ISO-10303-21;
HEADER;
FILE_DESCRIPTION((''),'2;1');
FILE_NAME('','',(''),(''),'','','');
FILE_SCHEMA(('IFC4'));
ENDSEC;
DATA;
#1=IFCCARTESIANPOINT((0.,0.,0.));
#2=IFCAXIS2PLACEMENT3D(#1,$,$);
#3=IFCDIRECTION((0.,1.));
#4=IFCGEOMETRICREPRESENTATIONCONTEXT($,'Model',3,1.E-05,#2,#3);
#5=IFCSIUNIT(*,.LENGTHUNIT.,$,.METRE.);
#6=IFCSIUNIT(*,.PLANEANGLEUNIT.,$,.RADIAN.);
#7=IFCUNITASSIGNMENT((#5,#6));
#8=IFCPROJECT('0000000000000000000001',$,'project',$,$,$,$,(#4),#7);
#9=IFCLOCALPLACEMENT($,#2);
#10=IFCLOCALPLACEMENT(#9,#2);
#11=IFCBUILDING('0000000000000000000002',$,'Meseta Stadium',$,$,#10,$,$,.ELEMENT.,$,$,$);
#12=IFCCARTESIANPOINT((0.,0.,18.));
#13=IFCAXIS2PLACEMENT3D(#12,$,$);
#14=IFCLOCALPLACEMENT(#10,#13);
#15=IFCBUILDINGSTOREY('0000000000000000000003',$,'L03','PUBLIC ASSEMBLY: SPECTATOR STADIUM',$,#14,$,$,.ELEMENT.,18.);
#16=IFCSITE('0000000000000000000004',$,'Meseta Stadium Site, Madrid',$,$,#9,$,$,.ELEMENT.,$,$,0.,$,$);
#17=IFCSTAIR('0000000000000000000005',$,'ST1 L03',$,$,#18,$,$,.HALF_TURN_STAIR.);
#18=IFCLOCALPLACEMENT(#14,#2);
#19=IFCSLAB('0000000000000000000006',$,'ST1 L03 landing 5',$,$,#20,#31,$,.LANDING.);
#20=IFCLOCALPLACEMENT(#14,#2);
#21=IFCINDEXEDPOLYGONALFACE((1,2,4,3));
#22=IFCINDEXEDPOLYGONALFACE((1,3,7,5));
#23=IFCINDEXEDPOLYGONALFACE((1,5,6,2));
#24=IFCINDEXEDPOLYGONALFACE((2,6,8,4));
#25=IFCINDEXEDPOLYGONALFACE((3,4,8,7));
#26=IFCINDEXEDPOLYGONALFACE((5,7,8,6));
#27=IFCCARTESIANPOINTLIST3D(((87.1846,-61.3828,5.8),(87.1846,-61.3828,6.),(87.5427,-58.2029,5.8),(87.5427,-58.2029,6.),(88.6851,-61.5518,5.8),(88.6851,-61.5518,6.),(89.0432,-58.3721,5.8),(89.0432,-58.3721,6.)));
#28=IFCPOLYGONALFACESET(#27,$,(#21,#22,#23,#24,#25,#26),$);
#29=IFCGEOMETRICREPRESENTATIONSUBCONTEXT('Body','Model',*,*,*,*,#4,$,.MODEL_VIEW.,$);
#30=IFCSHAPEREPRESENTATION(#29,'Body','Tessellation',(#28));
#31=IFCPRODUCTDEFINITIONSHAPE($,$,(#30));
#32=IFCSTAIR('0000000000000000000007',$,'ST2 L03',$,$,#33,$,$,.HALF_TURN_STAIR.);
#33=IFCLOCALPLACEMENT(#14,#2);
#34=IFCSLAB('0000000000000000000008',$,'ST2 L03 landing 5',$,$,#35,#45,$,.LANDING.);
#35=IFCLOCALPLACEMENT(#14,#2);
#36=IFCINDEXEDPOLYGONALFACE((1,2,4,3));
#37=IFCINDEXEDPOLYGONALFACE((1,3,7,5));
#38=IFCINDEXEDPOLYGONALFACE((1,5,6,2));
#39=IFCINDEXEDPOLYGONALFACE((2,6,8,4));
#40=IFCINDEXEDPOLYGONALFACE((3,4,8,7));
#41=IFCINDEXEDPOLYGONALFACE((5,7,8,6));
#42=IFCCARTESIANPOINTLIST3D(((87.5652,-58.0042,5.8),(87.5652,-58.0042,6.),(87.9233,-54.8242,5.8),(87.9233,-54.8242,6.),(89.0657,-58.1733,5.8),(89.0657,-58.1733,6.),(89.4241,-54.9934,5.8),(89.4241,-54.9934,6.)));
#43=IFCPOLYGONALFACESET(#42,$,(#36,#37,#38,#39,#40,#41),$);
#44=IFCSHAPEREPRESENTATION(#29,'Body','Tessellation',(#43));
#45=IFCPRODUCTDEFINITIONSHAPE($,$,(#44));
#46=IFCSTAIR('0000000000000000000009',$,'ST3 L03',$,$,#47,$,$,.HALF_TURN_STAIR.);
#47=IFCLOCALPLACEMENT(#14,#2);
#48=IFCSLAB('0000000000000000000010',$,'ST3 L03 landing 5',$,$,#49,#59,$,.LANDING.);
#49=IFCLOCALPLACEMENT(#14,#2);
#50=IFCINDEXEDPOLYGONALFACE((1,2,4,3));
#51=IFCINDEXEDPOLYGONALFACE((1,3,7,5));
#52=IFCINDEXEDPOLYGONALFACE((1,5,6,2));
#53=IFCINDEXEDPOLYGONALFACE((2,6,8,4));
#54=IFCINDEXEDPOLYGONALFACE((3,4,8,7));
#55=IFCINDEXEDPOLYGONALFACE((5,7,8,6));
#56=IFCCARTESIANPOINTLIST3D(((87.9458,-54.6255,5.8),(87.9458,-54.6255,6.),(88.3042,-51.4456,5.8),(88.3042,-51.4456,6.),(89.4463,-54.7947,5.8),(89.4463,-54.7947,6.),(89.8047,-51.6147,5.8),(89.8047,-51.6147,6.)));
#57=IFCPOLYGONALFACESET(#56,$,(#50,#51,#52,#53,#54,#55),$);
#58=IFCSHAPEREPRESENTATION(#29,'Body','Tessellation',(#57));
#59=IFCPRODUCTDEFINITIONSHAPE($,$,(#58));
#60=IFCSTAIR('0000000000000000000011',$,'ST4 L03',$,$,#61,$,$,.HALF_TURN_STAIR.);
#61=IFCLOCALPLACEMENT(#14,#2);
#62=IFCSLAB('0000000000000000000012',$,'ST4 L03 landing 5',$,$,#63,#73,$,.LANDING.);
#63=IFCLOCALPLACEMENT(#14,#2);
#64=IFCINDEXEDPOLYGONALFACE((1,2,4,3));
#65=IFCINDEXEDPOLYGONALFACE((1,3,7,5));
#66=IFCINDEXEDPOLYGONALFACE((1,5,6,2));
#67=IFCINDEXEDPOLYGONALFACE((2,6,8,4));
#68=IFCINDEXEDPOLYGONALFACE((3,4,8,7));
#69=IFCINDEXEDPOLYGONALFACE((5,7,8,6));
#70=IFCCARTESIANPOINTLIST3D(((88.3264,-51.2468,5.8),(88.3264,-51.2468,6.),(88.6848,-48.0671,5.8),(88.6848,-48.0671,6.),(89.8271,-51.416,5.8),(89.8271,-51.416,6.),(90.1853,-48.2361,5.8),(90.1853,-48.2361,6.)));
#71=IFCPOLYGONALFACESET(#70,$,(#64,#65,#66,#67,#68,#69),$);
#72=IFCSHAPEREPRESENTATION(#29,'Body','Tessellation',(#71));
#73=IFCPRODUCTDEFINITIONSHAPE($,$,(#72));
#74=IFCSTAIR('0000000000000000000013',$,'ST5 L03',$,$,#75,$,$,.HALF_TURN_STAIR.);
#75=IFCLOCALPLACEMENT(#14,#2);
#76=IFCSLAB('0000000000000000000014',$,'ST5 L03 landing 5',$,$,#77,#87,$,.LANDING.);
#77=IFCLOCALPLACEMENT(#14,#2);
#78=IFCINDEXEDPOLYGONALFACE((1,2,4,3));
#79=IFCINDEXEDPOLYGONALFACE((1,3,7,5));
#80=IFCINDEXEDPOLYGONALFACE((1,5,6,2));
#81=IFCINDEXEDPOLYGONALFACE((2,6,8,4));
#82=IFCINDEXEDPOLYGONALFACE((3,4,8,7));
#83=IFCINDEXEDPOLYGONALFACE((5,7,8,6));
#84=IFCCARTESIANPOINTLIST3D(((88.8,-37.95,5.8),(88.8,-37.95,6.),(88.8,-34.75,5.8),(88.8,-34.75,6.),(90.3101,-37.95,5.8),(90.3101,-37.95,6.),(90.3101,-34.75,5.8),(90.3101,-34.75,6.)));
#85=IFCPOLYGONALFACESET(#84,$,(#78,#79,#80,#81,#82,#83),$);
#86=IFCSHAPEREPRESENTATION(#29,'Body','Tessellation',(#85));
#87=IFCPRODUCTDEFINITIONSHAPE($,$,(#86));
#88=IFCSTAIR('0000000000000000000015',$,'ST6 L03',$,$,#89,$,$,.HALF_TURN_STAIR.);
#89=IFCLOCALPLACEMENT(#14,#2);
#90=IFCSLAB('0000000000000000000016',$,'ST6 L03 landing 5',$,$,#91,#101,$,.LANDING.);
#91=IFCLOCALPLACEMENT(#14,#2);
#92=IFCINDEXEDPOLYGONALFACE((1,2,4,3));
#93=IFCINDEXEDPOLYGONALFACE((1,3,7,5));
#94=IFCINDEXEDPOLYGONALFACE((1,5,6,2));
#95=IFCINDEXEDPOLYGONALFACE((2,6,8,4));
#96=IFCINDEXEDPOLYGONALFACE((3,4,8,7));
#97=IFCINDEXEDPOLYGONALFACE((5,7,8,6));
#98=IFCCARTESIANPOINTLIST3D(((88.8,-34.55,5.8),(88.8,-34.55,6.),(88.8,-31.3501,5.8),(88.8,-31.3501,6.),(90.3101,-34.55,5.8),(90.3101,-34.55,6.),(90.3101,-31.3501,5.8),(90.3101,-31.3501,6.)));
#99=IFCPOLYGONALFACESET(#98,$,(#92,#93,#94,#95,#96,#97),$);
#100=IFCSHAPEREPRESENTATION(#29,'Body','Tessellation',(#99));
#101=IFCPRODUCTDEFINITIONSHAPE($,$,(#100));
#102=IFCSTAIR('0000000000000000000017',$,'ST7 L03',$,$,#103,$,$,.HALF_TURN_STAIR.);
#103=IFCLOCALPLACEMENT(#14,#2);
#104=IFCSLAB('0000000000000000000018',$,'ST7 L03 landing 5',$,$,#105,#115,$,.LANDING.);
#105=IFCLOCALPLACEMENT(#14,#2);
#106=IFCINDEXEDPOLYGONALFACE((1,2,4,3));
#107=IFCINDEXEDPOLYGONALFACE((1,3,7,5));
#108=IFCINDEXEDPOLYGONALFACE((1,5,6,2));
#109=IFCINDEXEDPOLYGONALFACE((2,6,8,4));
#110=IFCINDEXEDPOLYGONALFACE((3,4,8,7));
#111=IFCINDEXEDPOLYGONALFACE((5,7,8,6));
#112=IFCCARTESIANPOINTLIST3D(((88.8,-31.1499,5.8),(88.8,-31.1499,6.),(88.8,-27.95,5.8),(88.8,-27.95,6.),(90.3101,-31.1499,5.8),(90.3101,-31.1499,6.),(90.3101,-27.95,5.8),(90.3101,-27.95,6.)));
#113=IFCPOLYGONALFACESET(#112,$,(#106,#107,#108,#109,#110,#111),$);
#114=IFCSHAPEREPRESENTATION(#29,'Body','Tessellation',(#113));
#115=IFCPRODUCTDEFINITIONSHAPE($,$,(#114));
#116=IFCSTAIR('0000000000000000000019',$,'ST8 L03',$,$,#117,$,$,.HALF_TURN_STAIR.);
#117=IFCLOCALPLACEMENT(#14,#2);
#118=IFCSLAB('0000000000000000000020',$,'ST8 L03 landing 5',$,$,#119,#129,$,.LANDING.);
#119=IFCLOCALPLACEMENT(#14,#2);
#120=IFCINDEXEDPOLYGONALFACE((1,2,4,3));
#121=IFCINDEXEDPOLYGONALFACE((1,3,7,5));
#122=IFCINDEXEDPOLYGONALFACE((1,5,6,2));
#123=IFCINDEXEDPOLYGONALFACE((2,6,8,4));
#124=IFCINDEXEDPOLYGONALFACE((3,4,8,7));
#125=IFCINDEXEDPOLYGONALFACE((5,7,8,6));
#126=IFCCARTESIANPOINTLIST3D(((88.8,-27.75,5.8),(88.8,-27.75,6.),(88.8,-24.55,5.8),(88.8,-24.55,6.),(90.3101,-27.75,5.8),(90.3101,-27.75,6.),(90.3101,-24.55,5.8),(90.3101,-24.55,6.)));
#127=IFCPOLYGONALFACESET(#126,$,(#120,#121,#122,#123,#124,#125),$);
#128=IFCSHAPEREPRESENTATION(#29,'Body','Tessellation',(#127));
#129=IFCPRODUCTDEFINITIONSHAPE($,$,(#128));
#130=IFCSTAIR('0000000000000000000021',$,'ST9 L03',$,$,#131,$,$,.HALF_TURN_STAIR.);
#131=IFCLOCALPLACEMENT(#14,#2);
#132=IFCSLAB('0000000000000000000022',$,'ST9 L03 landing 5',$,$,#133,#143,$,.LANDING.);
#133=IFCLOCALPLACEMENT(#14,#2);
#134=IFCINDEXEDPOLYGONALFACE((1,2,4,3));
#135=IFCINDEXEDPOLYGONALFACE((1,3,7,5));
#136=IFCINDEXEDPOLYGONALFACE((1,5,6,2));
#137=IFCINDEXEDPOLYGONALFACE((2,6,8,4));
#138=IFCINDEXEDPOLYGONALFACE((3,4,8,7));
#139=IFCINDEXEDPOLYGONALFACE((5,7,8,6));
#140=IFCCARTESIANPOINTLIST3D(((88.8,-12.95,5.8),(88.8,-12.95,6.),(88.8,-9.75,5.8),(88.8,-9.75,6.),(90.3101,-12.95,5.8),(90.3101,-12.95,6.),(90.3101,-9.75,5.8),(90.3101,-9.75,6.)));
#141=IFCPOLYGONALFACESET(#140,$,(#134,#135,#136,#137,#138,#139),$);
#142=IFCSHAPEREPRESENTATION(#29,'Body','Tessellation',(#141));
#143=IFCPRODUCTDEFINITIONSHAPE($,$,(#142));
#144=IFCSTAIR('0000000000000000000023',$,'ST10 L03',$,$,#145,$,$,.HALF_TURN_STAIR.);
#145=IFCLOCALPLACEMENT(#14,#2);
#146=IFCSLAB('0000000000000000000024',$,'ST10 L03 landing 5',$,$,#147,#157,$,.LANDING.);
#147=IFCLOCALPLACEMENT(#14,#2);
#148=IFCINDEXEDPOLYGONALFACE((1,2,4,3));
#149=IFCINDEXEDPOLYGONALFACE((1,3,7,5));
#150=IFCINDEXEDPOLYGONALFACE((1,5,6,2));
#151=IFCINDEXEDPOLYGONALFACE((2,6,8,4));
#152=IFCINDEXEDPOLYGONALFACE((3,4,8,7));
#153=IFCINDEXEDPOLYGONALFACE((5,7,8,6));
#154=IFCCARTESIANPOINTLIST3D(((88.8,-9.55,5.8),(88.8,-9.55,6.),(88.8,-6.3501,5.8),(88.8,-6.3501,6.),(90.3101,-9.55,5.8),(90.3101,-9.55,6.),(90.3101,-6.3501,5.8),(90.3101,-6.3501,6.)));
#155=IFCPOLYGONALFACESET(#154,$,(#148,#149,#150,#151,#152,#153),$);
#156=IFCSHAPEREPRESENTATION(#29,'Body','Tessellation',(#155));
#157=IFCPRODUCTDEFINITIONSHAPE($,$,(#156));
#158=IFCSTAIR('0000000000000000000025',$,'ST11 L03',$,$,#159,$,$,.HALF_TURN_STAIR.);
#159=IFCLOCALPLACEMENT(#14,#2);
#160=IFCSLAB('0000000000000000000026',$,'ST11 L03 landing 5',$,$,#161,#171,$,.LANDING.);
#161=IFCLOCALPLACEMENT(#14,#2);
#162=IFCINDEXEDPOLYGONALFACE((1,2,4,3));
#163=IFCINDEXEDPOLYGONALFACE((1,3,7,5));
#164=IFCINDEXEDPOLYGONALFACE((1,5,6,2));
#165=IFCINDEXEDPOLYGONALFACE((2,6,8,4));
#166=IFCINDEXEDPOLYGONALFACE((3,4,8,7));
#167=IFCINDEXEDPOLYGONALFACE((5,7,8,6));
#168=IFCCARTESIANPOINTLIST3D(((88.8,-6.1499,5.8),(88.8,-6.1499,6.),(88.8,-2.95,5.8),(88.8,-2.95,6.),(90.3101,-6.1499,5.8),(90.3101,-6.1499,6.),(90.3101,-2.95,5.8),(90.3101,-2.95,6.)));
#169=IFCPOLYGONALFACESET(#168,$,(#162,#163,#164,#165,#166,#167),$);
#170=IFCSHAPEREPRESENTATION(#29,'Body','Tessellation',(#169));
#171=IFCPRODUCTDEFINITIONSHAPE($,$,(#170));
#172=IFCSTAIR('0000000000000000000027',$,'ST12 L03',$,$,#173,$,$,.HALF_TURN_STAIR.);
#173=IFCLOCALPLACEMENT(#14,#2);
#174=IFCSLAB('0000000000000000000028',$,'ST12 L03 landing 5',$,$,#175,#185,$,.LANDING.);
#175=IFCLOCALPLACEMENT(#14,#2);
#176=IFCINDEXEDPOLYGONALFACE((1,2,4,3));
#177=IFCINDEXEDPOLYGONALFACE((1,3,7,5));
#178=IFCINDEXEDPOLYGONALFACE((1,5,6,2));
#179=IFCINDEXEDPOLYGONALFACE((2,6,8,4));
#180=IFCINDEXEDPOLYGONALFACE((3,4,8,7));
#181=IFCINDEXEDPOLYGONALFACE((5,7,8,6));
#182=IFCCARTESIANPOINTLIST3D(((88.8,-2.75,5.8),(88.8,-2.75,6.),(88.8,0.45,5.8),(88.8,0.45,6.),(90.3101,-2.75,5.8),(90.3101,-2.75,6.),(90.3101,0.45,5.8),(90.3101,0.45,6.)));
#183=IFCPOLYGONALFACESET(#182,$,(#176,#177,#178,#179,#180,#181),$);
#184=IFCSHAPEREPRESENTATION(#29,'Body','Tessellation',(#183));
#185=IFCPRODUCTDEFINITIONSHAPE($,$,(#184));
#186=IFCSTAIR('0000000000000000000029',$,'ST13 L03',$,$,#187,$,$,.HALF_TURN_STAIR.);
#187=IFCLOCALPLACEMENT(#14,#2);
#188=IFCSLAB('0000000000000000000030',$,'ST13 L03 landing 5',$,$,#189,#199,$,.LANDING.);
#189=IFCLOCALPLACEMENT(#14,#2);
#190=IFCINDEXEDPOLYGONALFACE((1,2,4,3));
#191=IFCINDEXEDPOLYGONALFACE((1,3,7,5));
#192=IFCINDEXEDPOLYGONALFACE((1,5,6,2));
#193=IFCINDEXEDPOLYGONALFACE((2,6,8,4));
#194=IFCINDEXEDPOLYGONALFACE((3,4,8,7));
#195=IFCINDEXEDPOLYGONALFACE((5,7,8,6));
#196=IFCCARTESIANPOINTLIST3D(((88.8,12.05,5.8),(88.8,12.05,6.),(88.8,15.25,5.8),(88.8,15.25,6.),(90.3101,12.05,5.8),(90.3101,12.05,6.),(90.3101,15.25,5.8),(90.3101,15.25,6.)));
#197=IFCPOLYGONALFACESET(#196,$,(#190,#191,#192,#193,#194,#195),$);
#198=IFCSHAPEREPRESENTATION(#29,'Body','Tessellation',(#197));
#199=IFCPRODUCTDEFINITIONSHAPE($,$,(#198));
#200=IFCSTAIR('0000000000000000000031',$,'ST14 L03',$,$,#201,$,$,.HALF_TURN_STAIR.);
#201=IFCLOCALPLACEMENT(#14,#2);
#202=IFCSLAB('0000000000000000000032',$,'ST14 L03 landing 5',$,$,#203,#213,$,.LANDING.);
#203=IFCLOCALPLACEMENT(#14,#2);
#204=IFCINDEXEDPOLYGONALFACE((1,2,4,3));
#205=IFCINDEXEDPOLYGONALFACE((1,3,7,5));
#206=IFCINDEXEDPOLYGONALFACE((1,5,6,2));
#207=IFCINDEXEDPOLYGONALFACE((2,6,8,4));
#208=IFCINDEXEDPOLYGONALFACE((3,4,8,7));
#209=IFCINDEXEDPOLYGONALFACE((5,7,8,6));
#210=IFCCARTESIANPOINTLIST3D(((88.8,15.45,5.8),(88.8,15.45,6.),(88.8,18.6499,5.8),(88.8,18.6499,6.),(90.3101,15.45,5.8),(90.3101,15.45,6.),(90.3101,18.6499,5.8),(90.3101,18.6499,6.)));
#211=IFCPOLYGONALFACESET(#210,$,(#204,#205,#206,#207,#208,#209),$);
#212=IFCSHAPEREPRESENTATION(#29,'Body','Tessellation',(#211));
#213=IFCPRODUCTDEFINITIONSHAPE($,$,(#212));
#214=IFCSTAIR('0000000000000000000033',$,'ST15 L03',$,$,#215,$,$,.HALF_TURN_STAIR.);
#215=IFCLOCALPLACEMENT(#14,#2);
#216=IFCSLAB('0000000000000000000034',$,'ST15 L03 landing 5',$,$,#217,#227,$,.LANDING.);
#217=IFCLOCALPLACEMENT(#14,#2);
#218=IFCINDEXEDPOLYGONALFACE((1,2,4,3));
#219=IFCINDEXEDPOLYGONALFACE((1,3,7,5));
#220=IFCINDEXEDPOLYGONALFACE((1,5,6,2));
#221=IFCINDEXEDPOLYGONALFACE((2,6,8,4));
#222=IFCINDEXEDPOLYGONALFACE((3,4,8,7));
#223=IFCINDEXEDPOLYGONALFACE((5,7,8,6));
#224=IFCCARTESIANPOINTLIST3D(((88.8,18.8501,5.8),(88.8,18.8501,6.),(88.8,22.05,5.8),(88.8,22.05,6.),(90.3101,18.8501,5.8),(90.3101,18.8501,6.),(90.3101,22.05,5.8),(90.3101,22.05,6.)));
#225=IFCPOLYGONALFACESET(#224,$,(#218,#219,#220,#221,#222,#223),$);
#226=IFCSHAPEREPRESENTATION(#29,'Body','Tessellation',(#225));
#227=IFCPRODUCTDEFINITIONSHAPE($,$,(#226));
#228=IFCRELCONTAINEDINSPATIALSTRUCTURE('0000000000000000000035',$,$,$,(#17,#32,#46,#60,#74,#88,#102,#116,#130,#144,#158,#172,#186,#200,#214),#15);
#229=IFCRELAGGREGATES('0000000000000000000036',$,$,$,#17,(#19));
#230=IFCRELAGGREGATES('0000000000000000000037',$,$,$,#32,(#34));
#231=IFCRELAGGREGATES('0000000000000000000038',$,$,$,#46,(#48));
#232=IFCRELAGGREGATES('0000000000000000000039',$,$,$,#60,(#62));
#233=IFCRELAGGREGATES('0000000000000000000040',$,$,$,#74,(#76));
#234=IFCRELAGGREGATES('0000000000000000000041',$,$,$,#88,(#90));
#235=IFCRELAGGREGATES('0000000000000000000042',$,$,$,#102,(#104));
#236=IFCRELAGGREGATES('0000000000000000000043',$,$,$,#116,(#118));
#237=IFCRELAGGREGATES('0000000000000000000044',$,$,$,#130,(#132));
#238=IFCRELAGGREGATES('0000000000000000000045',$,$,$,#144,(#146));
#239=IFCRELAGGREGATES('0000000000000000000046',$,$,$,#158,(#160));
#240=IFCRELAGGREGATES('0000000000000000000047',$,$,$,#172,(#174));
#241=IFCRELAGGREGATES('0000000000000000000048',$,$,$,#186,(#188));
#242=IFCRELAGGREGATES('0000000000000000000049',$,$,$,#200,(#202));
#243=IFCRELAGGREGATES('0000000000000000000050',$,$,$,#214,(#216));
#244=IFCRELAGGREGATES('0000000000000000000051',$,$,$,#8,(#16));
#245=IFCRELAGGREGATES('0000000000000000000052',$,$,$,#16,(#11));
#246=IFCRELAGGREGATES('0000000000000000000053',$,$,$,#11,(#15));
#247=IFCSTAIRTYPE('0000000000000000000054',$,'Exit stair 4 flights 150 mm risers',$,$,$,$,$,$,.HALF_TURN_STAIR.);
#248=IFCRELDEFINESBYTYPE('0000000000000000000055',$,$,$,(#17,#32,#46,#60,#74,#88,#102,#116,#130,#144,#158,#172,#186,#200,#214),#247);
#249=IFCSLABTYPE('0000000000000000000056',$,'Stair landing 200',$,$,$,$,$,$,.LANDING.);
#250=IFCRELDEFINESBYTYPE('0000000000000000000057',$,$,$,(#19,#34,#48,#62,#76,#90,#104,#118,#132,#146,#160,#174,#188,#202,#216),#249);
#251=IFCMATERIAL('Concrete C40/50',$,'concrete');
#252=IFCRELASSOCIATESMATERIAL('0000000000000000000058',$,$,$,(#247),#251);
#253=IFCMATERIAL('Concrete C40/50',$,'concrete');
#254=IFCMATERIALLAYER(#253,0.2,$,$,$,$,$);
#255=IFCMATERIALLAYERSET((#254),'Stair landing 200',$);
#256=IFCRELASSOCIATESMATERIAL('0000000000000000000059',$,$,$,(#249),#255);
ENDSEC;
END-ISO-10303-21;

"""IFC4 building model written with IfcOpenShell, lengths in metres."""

from ifc_helpers import new_model, si_unit, direction, frame, origin, place, context, subcontext, project, spatial, polyline, outline, extrude, material, layer, layer_set, type_object, element, aggregate, save


model = new_model("IFC4")

# Units and contexts
model_context = context("Model", 3, precision=1e-05, world=origin(), true_north=direction((0.0, 1.0)))
body_context = subcontext(model_context, "Body", "Model", "MODEL_VIEW")
ifc_project = project(units=[si_unit("LENGTHUNIT", "METRE"), si_unit("PLANEANGLEUNIT", "RADIAN")], contexts=[model_context])

# Site, building, storey
site_placement = place(None, origin())
site = spatial("IfcSite", under=ifc_project, at=site_placement, Name="Meseta Stadium Site, Madrid", CompositionType="ELEMENT", RefElevation=0.0)
building_placement = place(site_placement, origin())
building = spatial("IfcBuilding", under=site, at=building_placement, Name="Meseta Stadium", CompositionType="ELEMENT")
storey_placement = place(building_placement, frame((0.0, 0.0, 18.0)))
storey = spatial("IfcBuildingStorey", under=building, at=storey_placement, Name="L03", Description="PUBLIC ASSEMBLY: SPECTATOR STADIUM", CompositionType="ELEMENT", Elevation=18.0)

# Stairs, slabs
ifc_material_1 = material(Name="Concrete C40/50", Category="concrete")
stair_type = type_object("IfcStairType", Name="Exit stair 4 flights 150 mm risers", PredefinedType="HALF_TURN_STAIR", material=ifc_material_1)
stair_1_placement = place(storey_placement, origin())
stair_1 = element("IfcStair", 1, at=stair_1_placement, inside=storey, type_object=stair_type, Name="ST1 L03", PredefinedType="HALF_TURN_STAIR")
ifc_material_2 = material(Name="Concrete C40/50", Category="concrete")
ifc_layer = layer(ifc_material_2, 0.2)
ifc_layer_set = layer_set([ifc_layer], Name="Stair landing 200")
slab_type = type_object("IfcSlabType", Name="Stair landing 200", PredefinedType="LANDING", material=ifc_layer_set)
slab_1_placement = place(storey_placement, frame((0.0, 0.0, 5.8)))
slab_1 = element("IfcSlab", 2, at=slab_1_placement, type_object=slab_type, Name="ST1 L03 landing 5", PredefinedType="LANDING", context=body_context, shape_type="SweptSolid", body=[
    extrude(outline(polyline([(87.1846, -61.3828), (88.6851, -61.5518), (89.0432, -58.3721), (87.5427, -58.2029), (87.1846, -61.3828)])), origin(), (0.0, 0.0, 1.0), 0.2),
])
aggregate(stair_1, [slab_1])
stair_2_placement = place(storey_placement, origin())
stair_2 = element("IfcStair", 3, at=stair_2_placement, inside=storey, type_object=stair_type, Name="ST2 L03", PredefinedType="HALF_TURN_STAIR")
slab_2_placement = place(storey_placement, frame((0.0, 0.0, 5.8)))
slab_2 = element("IfcSlab", 4, at=slab_2_placement, type_object=slab_type, Name="ST2 L03 landing 5", PredefinedType="LANDING", context=body_context, shape_type="SweptSolid", body=[
    extrude(outline(polyline([(87.5652, -58.0042), (89.0657, -58.1733), (89.4241, -54.9934), (87.9233, -54.8242), (87.5652, -58.0042)])), origin(), (0.0, 0.0, 1.0), 0.2),
])
aggregate(stair_2, [slab_2])
stair_3_placement = place(storey_placement, origin())
stair_3 = element("IfcStair", 5, at=stair_3_placement, inside=storey, type_object=stair_type, Name="ST3 L03", PredefinedType="HALF_TURN_STAIR")
slab_3_placement = place(storey_placement, frame((0.0, 0.0, 5.8)))
slab_3 = element("IfcSlab", 6, at=slab_3_placement, type_object=slab_type, Name="ST3 L03 landing 5", PredefinedType="LANDING", context=body_context, shape_type="SweptSolid", body=[
    extrude(outline(polyline([(87.9458, -54.6255), (89.4463, -54.7947), (89.8047, -51.6147), (88.3042, -51.4456), (87.9458, -54.6255)])), origin(), (0.0, 0.0, 1.0), 0.2),
])
aggregate(stair_3, [slab_3])
stair_4_placement = place(storey_placement, origin())
stair_4 = element("IfcStair", 7, at=stair_4_placement, inside=storey, type_object=stair_type, Name="ST4 L03", PredefinedType="HALF_TURN_STAIR")
slab_4_placement = place(storey_placement, frame((0.0, 0.0, 5.8)))
slab_4 = element("IfcSlab", 8, at=slab_4_placement, type_object=slab_type, Name="ST4 L03 landing 5", PredefinedType="LANDING", context=body_context, shape_type="SweptSolid", body=[
    extrude(outline(polyline([(88.3264, -51.2468), (89.8271, -51.416), (90.1853, -48.2361), (88.6848, -48.0671), (88.3264, -51.2468)])), origin(), (0.0, 0.0, 1.0), 0.2),
])
aggregate(stair_4, [slab_4])
stair_5_placement = place(storey_placement, origin())
stair_5 = element("IfcStair", 9, at=stair_5_placement, inside=storey, type_object=stair_type, Name="ST5 L03", PredefinedType="HALF_TURN_STAIR")
slab_5_placement = place(storey_placement, frame((0.0, 0.0, 5.8)))
slab_5 = element("IfcSlab", 10, at=slab_5_placement, type_object=slab_type, Name="ST5 L03 landing 5", PredefinedType="LANDING", context=body_context, shape_type="SweptSolid", body=[
    extrude(outline(polyline([(88.8, -37.95), (90.3101, -37.95), (90.3101, -34.75), (88.8, -34.75), (88.8, -37.95)])), origin(), (0.0, 0.0, 1.0), 0.2),
])
aggregate(stair_5, [slab_5])
stair_6_placement = place(storey_placement, origin())
stair_6 = element("IfcStair", 11, at=stair_6_placement, inside=storey, type_object=stair_type, Name="ST6 L03", PredefinedType="HALF_TURN_STAIR")
slab_6_placement = place(storey_placement, frame((0.0, 0.0, 5.8)))
slab_6 = element("IfcSlab", 12, at=slab_6_placement, type_object=slab_type, Name="ST6 L03 landing 5", PredefinedType="LANDING", context=body_context, shape_type="SweptSolid", body=[
    extrude(outline(polyline([(88.8, -34.55), (90.3101, -34.55), (90.3101, -31.3501), (88.8, -31.3501), (88.8, -34.55)])), origin(), (0.0, 0.0, 1.0), 0.2),
])
aggregate(stair_6, [slab_6])
stair_7_placement = place(storey_placement, origin())
stair_7 = element("IfcStair", 13, at=stair_7_placement, inside=storey, type_object=stair_type, Name="ST7 L03", PredefinedType="HALF_TURN_STAIR")
slab_7_placement = place(storey_placement, frame((0.0, 0.0, 5.8)))
slab_7 = element("IfcSlab", 14, at=slab_7_placement, type_object=slab_type, Name="ST7 L03 landing 5", PredefinedType="LANDING", context=body_context, shape_type="SweptSolid", body=[
    extrude(outline(polyline([(88.8, -31.1499), (90.3101, -31.1499), (90.3101, -27.95), (88.8, -27.95), (88.8, -31.1499)])), origin(), (0.0, 0.0, 1.0), 0.2),
])
aggregate(stair_7, [slab_7])
stair_8_placement = place(storey_placement, origin())
stair_8 = element("IfcStair", 15, at=stair_8_placement, inside=storey, type_object=stair_type, Name="ST8 L03", PredefinedType="HALF_TURN_STAIR")
slab_8_placement = place(storey_placement, frame((0.0, 0.0, 5.8)))
slab_8 = element("IfcSlab", 16, at=slab_8_placement, type_object=slab_type, Name="ST8 L03 landing 5", PredefinedType="LANDING", context=body_context, shape_type="SweptSolid", body=[
    extrude(outline(polyline([(88.8, -27.75), (90.3101, -27.75), (90.3101, -24.55), (88.8, -24.55), (88.8, -27.75)])), origin(), (0.0, 0.0, 1.0), 0.2),
])
aggregate(stair_8, [slab_8])
stair_9_placement = place(storey_placement, origin())
stair_9 = element("IfcStair", 17, at=stair_9_placement, inside=storey, type_object=stair_type, Name="ST9 L03", PredefinedType="HALF_TURN_STAIR")
slab_9_placement = place(storey_placement, frame((0.0, 0.0, 5.8)))
slab_9 = element("IfcSlab", 18, at=slab_9_placement, type_object=slab_type, Name="ST9 L03 landing 5", PredefinedType="LANDING", context=body_context, shape_type="SweptSolid", body=[
    extrude(outline(polyline([(88.8, -12.95), (90.3101, -12.95), (90.3101, -9.75), (88.8, -9.75), (88.8, -12.95)])), origin(), (0.0, 0.0, 1.0), 0.2),
])
aggregate(stair_9, [slab_9])
stair_10_placement = place(storey_placement, origin())
stair_10 = element("IfcStair", 19, at=stair_10_placement, inside=storey, type_object=stair_type, Name="ST10 L03", PredefinedType="HALF_TURN_STAIR")
slab_10_placement = place(storey_placement, frame((0.0, 0.0, 5.8)))
slab_10 = element("IfcSlab", 20, at=slab_10_placement, type_object=slab_type, Name="ST10 L03 landing 5", PredefinedType="LANDING", context=body_context, shape_type="SweptSolid", body=[
    extrude(outline(polyline([(88.8, -9.55), (90.3101, -9.55), (90.3101, -6.3501), (88.8, -6.3501), (88.8, -9.55)])), origin(), (0.0, 0.0, 1.0), 0.2),
])
aggregate(stair_10, [slab_10])
stair_11_placement = place(storey_placement, origin())
stair_11 = element("IfcStair", 21, at=stair_11_placement, inside=storey, type_object=stair_type, Name="ST11 L03", PredefinedType="HALF_TURN_STAIR")
slab_11_placement = place(storey_placement, frame((0.0, 0.0, 5.8)))
slab_11 = element("IfcSlab", 22, at=slab_11_placement, type_object=slab_type, Name="ST11 L03 landing 5", PredefinedType="LANDING", context=body_context, shape_type="SweptSolid", body=[
    extrude(outline(polyline([(88.8, -6.1499), (90.3101, -6.1499), (90.3101, -2.95), (88.8, -2.95), (88.8, -6.1499)])), origin(), (0.0, 0.0, 1.0), 0.2),
])
aggregate(stair_11, [slab_11])
stair_12_placement = place(storey_placement, origin())
stair_12 = element("IfcStair", 23, at=stair_12_placement, inside=storey, type_object=stair_type, Name="ST12 L03", PredefinedType="HALF_TURN_STAIR")
slab_12_placement = place(storey_placement, frame((0.0, 0.0, 5.8)))
slab_12 = element("IfcSlab", 24, at=slab_12_placement, type_object=slab_type, Name="ST12 L03 landing 5", PredefinedType="LANDING", context=body_context, shape_type="SweptSolid", body=[
    extrude(outline(polyline([(88.8, -2.75), (90.3101, -2.75), (90.3101, 0.45), (88.8, 0.45), (88.8, -2.75)])), origin(), (0.0, 0.0, 1.0), 0.2),
])
aggregate(stair_12, [slab_12])
stair_13_placement = place(storey_placement, origin())
stair_13 = element("IfcStair", 25, at=stair_13_placement, inside=storey, type_object=stair_type, Name="ST13 L03", PredefinedType="HALF_TURN_STAIR")
slab_13_placement = place(storey_placement, frame((0.0, 0.0, 5.8)))
slab_13 = element("IfcSlab", 26, at=slab_13_placement, type_object=slab_type, Name="ST13 L03 landing 5", PredefinedType="LANDING", context=body_context, shape_type="SweptSolid", body=[
    extrude(outline(polyline([(88.8, 12.05), (90.3101, 12.05), (90.3101, 15.25), (88.8, 15.25), (88.8, 12.05)])), origin(), (0.0, 0.0, 1.0), 0.2),
])
aggregate(stair_13, [slab_13])
stair_14_placement = place(storey_placement, origin())
stair_14 = element("IfcStair", 27, at=stair_14_placement, inside=storey, type_object=stair_type, Name="ST14 L03", PredefinedType="HALF_TURN_STAIR")
slab_14_placement = place(storey_placement, frame((0.0, 0.0, 5.8)))
slab_14 = element("IfcSlab", 28, at=slab_14_placement, type_object=slab_type, Name="ST14 L03 landing 5", PredefinedType="LANDING", context=body_context, shape_type="SweptSolid", body=[
    extrude(outline(polyline([(88.8, 15.45), (90.3101, 15.45), (90.3101, 18.6499), (88.8, 18.6499), (88.8, 15.45)])), origin(), (0.0, 0.0, 1.0), 0.2),
])
aggregate(stair_14, [slab_14])
stair_15_placement = place(storey_placement, origin())
stair_15 = element("IfcStair", 29, at=stair_15_placement, inside=storey, type_object=stair_type, Name="ST15 L03", PredefinedType="HALF_TURN_STAIR")
slab_15_placement = place(storey_placement, frame((0.0, 0.0, 5.8)))
slab_15 = element("IfcSlab", 30, at=slab_15_placement, type_object=slab_type, Name="ST15 L03 landing 5", PredefinedType="LANDING", context=body_context, shape_type="SweptSolid", body=[
    extrude(outline(polyline([(88.8, 18.8501), (90.3101, 18.8501), (90.3101, 22.05), (88.8, 22.05), (88.8, 18.8501)])), origin(), (0.0, 0.0, 1.0), 0.2),
])
aggregate(stair_15, [slab_15])

save(model, "model.ifc")
